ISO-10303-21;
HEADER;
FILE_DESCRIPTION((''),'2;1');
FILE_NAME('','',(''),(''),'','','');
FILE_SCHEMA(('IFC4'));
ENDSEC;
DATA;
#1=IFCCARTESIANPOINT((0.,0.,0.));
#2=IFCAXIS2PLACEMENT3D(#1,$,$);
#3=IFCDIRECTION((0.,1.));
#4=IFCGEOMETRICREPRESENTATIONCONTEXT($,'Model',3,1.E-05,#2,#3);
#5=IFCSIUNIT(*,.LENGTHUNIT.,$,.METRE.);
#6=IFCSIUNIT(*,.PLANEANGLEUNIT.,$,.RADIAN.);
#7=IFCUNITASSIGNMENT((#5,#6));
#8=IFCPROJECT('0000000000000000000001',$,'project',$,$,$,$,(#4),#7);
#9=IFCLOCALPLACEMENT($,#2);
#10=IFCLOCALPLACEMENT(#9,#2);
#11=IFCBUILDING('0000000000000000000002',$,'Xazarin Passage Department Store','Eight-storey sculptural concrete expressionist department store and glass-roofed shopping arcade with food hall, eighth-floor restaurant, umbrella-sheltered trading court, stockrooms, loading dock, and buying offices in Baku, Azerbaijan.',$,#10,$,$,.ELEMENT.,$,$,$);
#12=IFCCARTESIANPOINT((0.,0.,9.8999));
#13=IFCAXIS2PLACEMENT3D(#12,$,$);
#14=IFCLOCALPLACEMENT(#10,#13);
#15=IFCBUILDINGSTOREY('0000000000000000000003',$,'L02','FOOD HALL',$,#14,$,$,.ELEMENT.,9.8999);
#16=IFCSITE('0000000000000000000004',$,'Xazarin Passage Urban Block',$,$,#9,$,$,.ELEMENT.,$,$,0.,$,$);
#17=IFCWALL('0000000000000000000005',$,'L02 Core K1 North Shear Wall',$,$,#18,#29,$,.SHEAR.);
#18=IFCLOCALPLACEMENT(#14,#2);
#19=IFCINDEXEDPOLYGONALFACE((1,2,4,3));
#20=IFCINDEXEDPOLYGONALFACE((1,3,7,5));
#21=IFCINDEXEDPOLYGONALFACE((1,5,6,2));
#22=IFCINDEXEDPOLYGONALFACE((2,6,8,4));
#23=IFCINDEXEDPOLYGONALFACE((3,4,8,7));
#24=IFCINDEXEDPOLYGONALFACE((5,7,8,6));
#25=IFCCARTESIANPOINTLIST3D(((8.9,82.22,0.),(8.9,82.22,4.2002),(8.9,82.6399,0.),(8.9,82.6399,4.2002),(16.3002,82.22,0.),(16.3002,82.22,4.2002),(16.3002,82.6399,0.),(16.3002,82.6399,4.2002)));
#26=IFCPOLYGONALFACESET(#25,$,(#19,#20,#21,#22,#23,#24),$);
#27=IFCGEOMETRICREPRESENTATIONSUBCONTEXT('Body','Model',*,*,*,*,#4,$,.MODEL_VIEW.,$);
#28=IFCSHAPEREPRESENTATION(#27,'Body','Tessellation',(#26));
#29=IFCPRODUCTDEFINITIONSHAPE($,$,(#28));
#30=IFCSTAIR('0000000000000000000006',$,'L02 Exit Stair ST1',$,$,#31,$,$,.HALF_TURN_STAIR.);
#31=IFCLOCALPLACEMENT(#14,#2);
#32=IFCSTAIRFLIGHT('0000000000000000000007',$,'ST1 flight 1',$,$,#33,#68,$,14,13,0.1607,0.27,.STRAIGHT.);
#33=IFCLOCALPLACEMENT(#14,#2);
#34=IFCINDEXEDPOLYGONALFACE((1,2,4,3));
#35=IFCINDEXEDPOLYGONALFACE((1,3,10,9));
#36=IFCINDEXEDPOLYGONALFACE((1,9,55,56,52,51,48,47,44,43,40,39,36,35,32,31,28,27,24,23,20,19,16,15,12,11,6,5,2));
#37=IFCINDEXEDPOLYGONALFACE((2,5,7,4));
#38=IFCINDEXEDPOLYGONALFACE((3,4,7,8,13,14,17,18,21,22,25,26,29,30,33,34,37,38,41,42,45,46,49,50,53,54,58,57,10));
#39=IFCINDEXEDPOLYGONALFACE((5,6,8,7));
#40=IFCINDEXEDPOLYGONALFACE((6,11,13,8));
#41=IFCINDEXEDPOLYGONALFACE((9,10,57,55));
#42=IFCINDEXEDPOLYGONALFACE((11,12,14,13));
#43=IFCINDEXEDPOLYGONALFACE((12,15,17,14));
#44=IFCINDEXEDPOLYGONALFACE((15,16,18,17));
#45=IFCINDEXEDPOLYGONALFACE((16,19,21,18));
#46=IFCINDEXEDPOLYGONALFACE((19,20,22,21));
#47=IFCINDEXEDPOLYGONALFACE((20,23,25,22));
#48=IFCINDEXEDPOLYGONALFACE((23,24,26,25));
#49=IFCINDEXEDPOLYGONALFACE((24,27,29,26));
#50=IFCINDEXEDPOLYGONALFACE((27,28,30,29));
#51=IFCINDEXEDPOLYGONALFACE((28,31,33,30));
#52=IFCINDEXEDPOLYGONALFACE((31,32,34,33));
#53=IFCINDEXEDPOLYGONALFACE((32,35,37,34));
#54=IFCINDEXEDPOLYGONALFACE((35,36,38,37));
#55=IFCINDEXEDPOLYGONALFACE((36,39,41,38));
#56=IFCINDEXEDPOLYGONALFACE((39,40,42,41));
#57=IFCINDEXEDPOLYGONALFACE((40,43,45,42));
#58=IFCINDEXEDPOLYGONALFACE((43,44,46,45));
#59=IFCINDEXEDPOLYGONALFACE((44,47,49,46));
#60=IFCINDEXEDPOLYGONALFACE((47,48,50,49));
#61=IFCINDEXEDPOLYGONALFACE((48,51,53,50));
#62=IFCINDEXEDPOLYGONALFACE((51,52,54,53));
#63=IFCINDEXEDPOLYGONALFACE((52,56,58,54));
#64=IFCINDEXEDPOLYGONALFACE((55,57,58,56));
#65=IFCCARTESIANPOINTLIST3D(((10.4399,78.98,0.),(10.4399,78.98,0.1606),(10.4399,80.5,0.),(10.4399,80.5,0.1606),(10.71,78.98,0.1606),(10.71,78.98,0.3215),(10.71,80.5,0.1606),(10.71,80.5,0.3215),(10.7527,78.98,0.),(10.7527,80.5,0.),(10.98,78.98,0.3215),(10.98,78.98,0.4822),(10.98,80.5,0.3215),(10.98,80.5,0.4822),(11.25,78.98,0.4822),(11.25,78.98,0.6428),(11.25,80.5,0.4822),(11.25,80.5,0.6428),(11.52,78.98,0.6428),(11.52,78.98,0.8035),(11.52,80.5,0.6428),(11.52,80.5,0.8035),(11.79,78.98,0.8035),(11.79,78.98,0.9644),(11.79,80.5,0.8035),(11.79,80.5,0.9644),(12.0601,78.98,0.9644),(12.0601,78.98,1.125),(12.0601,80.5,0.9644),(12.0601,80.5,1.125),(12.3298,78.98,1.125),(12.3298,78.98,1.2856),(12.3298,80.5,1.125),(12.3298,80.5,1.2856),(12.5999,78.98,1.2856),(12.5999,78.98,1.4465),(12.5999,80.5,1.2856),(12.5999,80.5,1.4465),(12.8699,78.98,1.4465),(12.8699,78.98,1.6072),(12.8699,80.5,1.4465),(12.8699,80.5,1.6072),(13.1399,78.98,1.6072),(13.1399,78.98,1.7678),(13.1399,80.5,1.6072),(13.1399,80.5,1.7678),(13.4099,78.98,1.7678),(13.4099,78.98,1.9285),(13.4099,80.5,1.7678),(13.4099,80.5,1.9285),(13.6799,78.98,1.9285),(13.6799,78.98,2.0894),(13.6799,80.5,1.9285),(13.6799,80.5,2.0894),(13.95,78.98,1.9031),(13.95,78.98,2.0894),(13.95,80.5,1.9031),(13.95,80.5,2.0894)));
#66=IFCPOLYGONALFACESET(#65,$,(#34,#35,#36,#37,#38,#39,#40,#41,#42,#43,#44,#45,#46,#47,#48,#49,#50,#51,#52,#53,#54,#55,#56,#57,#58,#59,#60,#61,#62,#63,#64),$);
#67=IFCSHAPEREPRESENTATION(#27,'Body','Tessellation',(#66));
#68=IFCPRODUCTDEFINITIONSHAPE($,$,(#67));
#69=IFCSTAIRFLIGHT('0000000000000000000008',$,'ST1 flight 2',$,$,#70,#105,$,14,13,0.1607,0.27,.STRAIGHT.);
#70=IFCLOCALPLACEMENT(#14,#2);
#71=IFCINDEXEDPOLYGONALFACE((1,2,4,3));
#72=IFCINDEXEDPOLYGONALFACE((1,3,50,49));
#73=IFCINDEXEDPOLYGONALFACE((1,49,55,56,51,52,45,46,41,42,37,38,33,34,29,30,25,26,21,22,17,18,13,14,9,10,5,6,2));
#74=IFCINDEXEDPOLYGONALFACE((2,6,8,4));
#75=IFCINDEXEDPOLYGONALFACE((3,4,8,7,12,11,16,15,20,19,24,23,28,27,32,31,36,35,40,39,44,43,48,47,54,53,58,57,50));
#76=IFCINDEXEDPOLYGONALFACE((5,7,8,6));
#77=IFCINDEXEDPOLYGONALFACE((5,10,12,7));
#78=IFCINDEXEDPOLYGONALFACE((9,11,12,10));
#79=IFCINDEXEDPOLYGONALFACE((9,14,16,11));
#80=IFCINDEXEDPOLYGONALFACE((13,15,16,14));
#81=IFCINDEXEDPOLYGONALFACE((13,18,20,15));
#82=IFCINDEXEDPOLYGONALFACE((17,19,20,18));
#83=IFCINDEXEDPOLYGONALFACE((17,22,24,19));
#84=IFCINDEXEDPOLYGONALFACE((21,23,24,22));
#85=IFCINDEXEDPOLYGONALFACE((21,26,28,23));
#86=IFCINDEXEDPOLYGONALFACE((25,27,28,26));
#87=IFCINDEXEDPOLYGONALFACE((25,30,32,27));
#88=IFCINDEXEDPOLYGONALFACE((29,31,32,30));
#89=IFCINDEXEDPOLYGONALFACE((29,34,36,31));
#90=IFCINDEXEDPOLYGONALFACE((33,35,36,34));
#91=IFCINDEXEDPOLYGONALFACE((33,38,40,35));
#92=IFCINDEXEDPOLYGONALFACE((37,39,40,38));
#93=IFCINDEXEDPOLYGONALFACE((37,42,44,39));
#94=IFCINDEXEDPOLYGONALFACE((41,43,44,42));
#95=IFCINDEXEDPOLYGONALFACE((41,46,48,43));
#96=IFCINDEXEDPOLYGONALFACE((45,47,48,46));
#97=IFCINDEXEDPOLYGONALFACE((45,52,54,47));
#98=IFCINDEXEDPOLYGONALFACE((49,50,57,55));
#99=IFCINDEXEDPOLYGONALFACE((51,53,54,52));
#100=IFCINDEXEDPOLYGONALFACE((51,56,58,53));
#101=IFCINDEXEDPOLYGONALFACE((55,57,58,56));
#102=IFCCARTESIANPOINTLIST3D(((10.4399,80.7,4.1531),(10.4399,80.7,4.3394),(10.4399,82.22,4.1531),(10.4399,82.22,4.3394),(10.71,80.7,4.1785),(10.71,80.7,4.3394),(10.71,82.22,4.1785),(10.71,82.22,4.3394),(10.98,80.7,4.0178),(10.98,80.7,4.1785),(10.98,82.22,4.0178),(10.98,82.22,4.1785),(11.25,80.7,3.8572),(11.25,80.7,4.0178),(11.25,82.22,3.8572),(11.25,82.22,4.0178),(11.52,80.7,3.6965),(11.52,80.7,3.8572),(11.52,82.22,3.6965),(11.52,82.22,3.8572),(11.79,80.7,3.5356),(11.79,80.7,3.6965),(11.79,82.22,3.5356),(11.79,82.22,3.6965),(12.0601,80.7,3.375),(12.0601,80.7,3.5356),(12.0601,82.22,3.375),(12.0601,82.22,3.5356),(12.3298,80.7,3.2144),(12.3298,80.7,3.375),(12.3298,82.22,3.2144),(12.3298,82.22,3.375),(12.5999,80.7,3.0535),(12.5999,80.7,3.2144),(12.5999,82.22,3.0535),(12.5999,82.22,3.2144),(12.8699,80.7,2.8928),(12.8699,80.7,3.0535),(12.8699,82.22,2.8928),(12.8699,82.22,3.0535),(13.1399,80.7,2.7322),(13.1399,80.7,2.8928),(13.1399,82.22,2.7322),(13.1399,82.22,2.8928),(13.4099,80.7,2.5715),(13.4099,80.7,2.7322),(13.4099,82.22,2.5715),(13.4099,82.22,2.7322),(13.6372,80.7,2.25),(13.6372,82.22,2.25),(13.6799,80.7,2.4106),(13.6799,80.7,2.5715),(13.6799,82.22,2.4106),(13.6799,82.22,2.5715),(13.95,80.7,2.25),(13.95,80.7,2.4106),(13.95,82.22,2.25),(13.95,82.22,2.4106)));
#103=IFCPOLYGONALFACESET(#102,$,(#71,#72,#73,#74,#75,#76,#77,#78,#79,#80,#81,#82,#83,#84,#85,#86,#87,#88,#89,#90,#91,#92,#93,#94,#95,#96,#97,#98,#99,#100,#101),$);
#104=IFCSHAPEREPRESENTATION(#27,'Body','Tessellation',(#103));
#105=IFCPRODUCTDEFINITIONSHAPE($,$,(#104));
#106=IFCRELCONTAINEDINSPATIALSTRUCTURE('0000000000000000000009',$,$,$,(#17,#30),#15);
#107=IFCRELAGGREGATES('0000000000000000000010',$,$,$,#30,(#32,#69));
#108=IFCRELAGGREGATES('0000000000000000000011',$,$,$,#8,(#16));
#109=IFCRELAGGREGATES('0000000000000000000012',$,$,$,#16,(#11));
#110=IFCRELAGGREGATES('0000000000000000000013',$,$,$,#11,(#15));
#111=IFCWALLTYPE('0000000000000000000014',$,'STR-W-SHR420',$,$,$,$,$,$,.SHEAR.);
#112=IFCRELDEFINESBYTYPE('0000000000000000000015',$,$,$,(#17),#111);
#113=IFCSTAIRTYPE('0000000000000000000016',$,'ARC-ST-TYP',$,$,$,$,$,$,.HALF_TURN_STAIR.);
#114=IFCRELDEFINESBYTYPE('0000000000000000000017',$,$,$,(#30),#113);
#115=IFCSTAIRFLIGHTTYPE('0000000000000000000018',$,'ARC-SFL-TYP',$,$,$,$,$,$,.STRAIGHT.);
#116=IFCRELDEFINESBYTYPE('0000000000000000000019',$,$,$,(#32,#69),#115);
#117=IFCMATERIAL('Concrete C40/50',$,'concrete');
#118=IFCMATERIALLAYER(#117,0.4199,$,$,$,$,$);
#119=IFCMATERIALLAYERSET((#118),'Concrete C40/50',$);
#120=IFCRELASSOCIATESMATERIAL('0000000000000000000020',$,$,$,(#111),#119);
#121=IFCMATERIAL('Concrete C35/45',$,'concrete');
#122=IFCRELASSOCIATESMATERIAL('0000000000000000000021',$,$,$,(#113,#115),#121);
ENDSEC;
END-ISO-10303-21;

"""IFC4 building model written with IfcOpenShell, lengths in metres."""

from ifc_helpers import new_model, si_unit, direction, frame, frame_2d, origin, place, context, subcontext, project, spatial, polyline, rectangle, outline, extrude, material, layer, layer_set, type_object, element, aggregate, save


model = new_model("IFC4")

# Units and contexts
model_context = context("Model", 3, precision=1e-05, world=origin(), true_north=direction((0.0, 1.0)))
body_context = subcontext(model_context, "Body", "Model", "MODEL_VIEW")
ifc_project = project(units=[si_unit("LENGTHUNIT", "METRE"), si_unit("PLANEANGLEUNIT", "RADIAN")], contexts=[model_context])

# Site, building, storey
site_placement = place(None, origin())
site = spatial("IfcSite", under=ifc_project, at=site_placement, Name="Xazarin Passage Urban Block", CompositionType="ELEMENT", RefElevation=0.0)
building_placement = place(site_placement, origin())
building = spatial("IfcBuilding", under=site, at=building_placement, Name="Xazarin Passage Department Store", Description="Eight-storey sculptural concrete expressionist department store and glass-roofed shopping arcade with food hall, eighth-floor restaurant, umbrella-sheltered trading court, stockrooms, loading dock, and buying offices in Baku, Azerbaijan.", CompositionType="ELEMENT")
storey_placement = place(building_placement, frame((0.0, 0.0, 9.8999)))
storey = spatial("IfcBuildingStorey", under=building, at=storey_placement, Name="L02", Description="FOOD HALL", CompositionType="ELEMENT", Elevation=9.8999)

# Shared definitions
ifc_material_1 = material(Name="Concrete C40/50", Category="concrete")

# Shared definitions
ifc_material_2 = material(Name="Concrete C35/45", Category="concrete")

# Shared definitions
ifc_layer_1 = layer(ifc_material_1, 0.4199)
ifc_layer_set_1 = layer_set([ifc_layer_1], Name="Concrete C40/50")
wall_type_1 = type_object("IfcWallType", Name="STR-W-SHR420", PredefinedType="SHEAR", material=ifc_layer_set_1)

# Wall
for number, where, z_axis, x_axis, name in (
    (1, (8.8999, 82.4299, 0.0), (0.0, 0.0, 1.0), (1.0, 0.0, 0.0), "L02 Core K1 North Shear Wall"),
):
    element("IfcWall", number, at=place(storey_placement, frame(where, z_axis=z_axis, x_axis=x_axis)), inside=storey, type_object=wall_type_1, Name=name, PredefinedType="SHEAR", context=body_context, shape_type="SweptSolid", body=[
        extrude(rectangle(XDim=7.4001, YDim=0.4199, at=frame_2d((3.7002, 0.0))), origin(), (0.0, 0.0, 1.0), 4.2002),
    ])

# Stair, stair flights
stair_type = type_object("IfcStairType", Name="ARC-ST-TYP", PredefinedType="HALF_TURN_STAIR", material=ifc_material_2)
stair_placement = place(storey_placement, origin())
stair = element("IfcStair", 2, at=stair_placement, inside=storey, type_object=stair_type, Name="L02 Exit Stair ST1", PredefinedType="HALF_TURN_STAIR")
stair_flight_type = type_object("IfcStairFlightType", Name="ARC-SFL-TYP", PredefinedType="STRAIGHT", material=ifc_material_2)
stair_flight_1_placement = place(storey_placement, frame((10.4399, 79.74, 0.0), z_axis=(0.0, 0.0, 1.0), x_axis=(1.0, 0.0, 0.0)))
stair_flight_1 = element("IfcStairFlight", 3, at=stair_flight_1_placement, type_object=stair_flight_type, Name="ST1 flight 1", NumberOfRisers=14, NumberOfTreads=13, PredefinedType="STRAIGHT", RiserHeight=0.1607, TreadLength=0.27, context=body_context, shape_type="SweptSolid", body=[
    extrude(outline(polyline([(0.0, 0.0), (0.0, 0.1606), (0.27, 0.1606), (0.27, 0.3215), (0.54, 0.3215), (0.54, 0.4822), (0.8101, 0.4822), (0.8101, 0.6428), (1.0801, 0.6428), (1.0801, 0.8035), (1.3501, 0.8035), (1.3501, 0.9644), (1.6201, 0.9644), (1.6201, 1.125), (1.8899, 1.125), (1.8899, 1.2856), (2.1599, 1.2856), (2.1599, 1.4465), (2.4299, 1.4465), (2.4299, 1.6072), (2.7, 1.6072), (2.7, 1.7678), (2.97, 1.7678), (2.97, 1.9285), (3.24, 1.9285), (3.24, 2.0894), (3.51, 2.0894), (3.51, 2.25), (3.51, 1.9031), (0.3127, 0.0), (0.0, 0.0)])), frame((0.0, 0.76, 0.0), z_axis=(0.0, -1.0, 0.0), x_axis=(1.0, 0.0, 0.0)), (0.0, 0.0, 1.0), 1.52),
])
stair_flight_2_placement = place(storey_placement, frame((13.95, 81.46, 2.25), z_axis=(0.0, 0.0, 1.0), x_axis=(-1.0, 0.0, 0.0)))
stair_flight_2 = element("IfcStairFlight", 4, at=stair_flight_2_placement, type_object=stair_flight_type, Name="ST1 flight 2", NumberOfRisers=14, NumberOfTreads=13, PredefinedType="STRAIGHT", RiserHeight=0.1607, TreadLength=0.27, context=body_context, shape_type="SweptSolid", body=[
    extrude(outline(polyline([(0.0, 0.0), (0.0, 0.1606), (0.27, 0.1606), (0.27, 0.3215), (0.54, 0.3215), (0.54, 0.4822), (0.8101, 0.4822), (0.8101, 0.6428), (1.0801, 0.6428), (1.0801, 0.8035), (1.3501, 0.8035), (1.3501, 0.9644), (1.6201, 0.9644), (1.6201, 1.125), (1.8899, 1.125), (1.8899, 1.2856), (2.1599, 1.2856), (2.1599, 1.4465), (2.4299, 1.4465), (2.4299, 1.6072), (2.7, 1.6072), (2.7, 1.7678), (2.97, 1.7678), (2.97, 1.9285), (3.24, 1.9285), (3.24, 2.0894), (3.51, 2.0894), (3.51, 2.25), (3.51, 1.9031), (0.3127, 0.0), (0.0, 0.0)])), frame((0.0, 0.76, 0.0), z_axis=(0.0, -1.0, 0.0), x_axis=(1.0, 0.0, 0.0)), (0.0, 0.0, 1.0), 1.52),
])
aggregate(stair, [stair_flight_1, stair_flight_2])

save(model, "model.ifc")
